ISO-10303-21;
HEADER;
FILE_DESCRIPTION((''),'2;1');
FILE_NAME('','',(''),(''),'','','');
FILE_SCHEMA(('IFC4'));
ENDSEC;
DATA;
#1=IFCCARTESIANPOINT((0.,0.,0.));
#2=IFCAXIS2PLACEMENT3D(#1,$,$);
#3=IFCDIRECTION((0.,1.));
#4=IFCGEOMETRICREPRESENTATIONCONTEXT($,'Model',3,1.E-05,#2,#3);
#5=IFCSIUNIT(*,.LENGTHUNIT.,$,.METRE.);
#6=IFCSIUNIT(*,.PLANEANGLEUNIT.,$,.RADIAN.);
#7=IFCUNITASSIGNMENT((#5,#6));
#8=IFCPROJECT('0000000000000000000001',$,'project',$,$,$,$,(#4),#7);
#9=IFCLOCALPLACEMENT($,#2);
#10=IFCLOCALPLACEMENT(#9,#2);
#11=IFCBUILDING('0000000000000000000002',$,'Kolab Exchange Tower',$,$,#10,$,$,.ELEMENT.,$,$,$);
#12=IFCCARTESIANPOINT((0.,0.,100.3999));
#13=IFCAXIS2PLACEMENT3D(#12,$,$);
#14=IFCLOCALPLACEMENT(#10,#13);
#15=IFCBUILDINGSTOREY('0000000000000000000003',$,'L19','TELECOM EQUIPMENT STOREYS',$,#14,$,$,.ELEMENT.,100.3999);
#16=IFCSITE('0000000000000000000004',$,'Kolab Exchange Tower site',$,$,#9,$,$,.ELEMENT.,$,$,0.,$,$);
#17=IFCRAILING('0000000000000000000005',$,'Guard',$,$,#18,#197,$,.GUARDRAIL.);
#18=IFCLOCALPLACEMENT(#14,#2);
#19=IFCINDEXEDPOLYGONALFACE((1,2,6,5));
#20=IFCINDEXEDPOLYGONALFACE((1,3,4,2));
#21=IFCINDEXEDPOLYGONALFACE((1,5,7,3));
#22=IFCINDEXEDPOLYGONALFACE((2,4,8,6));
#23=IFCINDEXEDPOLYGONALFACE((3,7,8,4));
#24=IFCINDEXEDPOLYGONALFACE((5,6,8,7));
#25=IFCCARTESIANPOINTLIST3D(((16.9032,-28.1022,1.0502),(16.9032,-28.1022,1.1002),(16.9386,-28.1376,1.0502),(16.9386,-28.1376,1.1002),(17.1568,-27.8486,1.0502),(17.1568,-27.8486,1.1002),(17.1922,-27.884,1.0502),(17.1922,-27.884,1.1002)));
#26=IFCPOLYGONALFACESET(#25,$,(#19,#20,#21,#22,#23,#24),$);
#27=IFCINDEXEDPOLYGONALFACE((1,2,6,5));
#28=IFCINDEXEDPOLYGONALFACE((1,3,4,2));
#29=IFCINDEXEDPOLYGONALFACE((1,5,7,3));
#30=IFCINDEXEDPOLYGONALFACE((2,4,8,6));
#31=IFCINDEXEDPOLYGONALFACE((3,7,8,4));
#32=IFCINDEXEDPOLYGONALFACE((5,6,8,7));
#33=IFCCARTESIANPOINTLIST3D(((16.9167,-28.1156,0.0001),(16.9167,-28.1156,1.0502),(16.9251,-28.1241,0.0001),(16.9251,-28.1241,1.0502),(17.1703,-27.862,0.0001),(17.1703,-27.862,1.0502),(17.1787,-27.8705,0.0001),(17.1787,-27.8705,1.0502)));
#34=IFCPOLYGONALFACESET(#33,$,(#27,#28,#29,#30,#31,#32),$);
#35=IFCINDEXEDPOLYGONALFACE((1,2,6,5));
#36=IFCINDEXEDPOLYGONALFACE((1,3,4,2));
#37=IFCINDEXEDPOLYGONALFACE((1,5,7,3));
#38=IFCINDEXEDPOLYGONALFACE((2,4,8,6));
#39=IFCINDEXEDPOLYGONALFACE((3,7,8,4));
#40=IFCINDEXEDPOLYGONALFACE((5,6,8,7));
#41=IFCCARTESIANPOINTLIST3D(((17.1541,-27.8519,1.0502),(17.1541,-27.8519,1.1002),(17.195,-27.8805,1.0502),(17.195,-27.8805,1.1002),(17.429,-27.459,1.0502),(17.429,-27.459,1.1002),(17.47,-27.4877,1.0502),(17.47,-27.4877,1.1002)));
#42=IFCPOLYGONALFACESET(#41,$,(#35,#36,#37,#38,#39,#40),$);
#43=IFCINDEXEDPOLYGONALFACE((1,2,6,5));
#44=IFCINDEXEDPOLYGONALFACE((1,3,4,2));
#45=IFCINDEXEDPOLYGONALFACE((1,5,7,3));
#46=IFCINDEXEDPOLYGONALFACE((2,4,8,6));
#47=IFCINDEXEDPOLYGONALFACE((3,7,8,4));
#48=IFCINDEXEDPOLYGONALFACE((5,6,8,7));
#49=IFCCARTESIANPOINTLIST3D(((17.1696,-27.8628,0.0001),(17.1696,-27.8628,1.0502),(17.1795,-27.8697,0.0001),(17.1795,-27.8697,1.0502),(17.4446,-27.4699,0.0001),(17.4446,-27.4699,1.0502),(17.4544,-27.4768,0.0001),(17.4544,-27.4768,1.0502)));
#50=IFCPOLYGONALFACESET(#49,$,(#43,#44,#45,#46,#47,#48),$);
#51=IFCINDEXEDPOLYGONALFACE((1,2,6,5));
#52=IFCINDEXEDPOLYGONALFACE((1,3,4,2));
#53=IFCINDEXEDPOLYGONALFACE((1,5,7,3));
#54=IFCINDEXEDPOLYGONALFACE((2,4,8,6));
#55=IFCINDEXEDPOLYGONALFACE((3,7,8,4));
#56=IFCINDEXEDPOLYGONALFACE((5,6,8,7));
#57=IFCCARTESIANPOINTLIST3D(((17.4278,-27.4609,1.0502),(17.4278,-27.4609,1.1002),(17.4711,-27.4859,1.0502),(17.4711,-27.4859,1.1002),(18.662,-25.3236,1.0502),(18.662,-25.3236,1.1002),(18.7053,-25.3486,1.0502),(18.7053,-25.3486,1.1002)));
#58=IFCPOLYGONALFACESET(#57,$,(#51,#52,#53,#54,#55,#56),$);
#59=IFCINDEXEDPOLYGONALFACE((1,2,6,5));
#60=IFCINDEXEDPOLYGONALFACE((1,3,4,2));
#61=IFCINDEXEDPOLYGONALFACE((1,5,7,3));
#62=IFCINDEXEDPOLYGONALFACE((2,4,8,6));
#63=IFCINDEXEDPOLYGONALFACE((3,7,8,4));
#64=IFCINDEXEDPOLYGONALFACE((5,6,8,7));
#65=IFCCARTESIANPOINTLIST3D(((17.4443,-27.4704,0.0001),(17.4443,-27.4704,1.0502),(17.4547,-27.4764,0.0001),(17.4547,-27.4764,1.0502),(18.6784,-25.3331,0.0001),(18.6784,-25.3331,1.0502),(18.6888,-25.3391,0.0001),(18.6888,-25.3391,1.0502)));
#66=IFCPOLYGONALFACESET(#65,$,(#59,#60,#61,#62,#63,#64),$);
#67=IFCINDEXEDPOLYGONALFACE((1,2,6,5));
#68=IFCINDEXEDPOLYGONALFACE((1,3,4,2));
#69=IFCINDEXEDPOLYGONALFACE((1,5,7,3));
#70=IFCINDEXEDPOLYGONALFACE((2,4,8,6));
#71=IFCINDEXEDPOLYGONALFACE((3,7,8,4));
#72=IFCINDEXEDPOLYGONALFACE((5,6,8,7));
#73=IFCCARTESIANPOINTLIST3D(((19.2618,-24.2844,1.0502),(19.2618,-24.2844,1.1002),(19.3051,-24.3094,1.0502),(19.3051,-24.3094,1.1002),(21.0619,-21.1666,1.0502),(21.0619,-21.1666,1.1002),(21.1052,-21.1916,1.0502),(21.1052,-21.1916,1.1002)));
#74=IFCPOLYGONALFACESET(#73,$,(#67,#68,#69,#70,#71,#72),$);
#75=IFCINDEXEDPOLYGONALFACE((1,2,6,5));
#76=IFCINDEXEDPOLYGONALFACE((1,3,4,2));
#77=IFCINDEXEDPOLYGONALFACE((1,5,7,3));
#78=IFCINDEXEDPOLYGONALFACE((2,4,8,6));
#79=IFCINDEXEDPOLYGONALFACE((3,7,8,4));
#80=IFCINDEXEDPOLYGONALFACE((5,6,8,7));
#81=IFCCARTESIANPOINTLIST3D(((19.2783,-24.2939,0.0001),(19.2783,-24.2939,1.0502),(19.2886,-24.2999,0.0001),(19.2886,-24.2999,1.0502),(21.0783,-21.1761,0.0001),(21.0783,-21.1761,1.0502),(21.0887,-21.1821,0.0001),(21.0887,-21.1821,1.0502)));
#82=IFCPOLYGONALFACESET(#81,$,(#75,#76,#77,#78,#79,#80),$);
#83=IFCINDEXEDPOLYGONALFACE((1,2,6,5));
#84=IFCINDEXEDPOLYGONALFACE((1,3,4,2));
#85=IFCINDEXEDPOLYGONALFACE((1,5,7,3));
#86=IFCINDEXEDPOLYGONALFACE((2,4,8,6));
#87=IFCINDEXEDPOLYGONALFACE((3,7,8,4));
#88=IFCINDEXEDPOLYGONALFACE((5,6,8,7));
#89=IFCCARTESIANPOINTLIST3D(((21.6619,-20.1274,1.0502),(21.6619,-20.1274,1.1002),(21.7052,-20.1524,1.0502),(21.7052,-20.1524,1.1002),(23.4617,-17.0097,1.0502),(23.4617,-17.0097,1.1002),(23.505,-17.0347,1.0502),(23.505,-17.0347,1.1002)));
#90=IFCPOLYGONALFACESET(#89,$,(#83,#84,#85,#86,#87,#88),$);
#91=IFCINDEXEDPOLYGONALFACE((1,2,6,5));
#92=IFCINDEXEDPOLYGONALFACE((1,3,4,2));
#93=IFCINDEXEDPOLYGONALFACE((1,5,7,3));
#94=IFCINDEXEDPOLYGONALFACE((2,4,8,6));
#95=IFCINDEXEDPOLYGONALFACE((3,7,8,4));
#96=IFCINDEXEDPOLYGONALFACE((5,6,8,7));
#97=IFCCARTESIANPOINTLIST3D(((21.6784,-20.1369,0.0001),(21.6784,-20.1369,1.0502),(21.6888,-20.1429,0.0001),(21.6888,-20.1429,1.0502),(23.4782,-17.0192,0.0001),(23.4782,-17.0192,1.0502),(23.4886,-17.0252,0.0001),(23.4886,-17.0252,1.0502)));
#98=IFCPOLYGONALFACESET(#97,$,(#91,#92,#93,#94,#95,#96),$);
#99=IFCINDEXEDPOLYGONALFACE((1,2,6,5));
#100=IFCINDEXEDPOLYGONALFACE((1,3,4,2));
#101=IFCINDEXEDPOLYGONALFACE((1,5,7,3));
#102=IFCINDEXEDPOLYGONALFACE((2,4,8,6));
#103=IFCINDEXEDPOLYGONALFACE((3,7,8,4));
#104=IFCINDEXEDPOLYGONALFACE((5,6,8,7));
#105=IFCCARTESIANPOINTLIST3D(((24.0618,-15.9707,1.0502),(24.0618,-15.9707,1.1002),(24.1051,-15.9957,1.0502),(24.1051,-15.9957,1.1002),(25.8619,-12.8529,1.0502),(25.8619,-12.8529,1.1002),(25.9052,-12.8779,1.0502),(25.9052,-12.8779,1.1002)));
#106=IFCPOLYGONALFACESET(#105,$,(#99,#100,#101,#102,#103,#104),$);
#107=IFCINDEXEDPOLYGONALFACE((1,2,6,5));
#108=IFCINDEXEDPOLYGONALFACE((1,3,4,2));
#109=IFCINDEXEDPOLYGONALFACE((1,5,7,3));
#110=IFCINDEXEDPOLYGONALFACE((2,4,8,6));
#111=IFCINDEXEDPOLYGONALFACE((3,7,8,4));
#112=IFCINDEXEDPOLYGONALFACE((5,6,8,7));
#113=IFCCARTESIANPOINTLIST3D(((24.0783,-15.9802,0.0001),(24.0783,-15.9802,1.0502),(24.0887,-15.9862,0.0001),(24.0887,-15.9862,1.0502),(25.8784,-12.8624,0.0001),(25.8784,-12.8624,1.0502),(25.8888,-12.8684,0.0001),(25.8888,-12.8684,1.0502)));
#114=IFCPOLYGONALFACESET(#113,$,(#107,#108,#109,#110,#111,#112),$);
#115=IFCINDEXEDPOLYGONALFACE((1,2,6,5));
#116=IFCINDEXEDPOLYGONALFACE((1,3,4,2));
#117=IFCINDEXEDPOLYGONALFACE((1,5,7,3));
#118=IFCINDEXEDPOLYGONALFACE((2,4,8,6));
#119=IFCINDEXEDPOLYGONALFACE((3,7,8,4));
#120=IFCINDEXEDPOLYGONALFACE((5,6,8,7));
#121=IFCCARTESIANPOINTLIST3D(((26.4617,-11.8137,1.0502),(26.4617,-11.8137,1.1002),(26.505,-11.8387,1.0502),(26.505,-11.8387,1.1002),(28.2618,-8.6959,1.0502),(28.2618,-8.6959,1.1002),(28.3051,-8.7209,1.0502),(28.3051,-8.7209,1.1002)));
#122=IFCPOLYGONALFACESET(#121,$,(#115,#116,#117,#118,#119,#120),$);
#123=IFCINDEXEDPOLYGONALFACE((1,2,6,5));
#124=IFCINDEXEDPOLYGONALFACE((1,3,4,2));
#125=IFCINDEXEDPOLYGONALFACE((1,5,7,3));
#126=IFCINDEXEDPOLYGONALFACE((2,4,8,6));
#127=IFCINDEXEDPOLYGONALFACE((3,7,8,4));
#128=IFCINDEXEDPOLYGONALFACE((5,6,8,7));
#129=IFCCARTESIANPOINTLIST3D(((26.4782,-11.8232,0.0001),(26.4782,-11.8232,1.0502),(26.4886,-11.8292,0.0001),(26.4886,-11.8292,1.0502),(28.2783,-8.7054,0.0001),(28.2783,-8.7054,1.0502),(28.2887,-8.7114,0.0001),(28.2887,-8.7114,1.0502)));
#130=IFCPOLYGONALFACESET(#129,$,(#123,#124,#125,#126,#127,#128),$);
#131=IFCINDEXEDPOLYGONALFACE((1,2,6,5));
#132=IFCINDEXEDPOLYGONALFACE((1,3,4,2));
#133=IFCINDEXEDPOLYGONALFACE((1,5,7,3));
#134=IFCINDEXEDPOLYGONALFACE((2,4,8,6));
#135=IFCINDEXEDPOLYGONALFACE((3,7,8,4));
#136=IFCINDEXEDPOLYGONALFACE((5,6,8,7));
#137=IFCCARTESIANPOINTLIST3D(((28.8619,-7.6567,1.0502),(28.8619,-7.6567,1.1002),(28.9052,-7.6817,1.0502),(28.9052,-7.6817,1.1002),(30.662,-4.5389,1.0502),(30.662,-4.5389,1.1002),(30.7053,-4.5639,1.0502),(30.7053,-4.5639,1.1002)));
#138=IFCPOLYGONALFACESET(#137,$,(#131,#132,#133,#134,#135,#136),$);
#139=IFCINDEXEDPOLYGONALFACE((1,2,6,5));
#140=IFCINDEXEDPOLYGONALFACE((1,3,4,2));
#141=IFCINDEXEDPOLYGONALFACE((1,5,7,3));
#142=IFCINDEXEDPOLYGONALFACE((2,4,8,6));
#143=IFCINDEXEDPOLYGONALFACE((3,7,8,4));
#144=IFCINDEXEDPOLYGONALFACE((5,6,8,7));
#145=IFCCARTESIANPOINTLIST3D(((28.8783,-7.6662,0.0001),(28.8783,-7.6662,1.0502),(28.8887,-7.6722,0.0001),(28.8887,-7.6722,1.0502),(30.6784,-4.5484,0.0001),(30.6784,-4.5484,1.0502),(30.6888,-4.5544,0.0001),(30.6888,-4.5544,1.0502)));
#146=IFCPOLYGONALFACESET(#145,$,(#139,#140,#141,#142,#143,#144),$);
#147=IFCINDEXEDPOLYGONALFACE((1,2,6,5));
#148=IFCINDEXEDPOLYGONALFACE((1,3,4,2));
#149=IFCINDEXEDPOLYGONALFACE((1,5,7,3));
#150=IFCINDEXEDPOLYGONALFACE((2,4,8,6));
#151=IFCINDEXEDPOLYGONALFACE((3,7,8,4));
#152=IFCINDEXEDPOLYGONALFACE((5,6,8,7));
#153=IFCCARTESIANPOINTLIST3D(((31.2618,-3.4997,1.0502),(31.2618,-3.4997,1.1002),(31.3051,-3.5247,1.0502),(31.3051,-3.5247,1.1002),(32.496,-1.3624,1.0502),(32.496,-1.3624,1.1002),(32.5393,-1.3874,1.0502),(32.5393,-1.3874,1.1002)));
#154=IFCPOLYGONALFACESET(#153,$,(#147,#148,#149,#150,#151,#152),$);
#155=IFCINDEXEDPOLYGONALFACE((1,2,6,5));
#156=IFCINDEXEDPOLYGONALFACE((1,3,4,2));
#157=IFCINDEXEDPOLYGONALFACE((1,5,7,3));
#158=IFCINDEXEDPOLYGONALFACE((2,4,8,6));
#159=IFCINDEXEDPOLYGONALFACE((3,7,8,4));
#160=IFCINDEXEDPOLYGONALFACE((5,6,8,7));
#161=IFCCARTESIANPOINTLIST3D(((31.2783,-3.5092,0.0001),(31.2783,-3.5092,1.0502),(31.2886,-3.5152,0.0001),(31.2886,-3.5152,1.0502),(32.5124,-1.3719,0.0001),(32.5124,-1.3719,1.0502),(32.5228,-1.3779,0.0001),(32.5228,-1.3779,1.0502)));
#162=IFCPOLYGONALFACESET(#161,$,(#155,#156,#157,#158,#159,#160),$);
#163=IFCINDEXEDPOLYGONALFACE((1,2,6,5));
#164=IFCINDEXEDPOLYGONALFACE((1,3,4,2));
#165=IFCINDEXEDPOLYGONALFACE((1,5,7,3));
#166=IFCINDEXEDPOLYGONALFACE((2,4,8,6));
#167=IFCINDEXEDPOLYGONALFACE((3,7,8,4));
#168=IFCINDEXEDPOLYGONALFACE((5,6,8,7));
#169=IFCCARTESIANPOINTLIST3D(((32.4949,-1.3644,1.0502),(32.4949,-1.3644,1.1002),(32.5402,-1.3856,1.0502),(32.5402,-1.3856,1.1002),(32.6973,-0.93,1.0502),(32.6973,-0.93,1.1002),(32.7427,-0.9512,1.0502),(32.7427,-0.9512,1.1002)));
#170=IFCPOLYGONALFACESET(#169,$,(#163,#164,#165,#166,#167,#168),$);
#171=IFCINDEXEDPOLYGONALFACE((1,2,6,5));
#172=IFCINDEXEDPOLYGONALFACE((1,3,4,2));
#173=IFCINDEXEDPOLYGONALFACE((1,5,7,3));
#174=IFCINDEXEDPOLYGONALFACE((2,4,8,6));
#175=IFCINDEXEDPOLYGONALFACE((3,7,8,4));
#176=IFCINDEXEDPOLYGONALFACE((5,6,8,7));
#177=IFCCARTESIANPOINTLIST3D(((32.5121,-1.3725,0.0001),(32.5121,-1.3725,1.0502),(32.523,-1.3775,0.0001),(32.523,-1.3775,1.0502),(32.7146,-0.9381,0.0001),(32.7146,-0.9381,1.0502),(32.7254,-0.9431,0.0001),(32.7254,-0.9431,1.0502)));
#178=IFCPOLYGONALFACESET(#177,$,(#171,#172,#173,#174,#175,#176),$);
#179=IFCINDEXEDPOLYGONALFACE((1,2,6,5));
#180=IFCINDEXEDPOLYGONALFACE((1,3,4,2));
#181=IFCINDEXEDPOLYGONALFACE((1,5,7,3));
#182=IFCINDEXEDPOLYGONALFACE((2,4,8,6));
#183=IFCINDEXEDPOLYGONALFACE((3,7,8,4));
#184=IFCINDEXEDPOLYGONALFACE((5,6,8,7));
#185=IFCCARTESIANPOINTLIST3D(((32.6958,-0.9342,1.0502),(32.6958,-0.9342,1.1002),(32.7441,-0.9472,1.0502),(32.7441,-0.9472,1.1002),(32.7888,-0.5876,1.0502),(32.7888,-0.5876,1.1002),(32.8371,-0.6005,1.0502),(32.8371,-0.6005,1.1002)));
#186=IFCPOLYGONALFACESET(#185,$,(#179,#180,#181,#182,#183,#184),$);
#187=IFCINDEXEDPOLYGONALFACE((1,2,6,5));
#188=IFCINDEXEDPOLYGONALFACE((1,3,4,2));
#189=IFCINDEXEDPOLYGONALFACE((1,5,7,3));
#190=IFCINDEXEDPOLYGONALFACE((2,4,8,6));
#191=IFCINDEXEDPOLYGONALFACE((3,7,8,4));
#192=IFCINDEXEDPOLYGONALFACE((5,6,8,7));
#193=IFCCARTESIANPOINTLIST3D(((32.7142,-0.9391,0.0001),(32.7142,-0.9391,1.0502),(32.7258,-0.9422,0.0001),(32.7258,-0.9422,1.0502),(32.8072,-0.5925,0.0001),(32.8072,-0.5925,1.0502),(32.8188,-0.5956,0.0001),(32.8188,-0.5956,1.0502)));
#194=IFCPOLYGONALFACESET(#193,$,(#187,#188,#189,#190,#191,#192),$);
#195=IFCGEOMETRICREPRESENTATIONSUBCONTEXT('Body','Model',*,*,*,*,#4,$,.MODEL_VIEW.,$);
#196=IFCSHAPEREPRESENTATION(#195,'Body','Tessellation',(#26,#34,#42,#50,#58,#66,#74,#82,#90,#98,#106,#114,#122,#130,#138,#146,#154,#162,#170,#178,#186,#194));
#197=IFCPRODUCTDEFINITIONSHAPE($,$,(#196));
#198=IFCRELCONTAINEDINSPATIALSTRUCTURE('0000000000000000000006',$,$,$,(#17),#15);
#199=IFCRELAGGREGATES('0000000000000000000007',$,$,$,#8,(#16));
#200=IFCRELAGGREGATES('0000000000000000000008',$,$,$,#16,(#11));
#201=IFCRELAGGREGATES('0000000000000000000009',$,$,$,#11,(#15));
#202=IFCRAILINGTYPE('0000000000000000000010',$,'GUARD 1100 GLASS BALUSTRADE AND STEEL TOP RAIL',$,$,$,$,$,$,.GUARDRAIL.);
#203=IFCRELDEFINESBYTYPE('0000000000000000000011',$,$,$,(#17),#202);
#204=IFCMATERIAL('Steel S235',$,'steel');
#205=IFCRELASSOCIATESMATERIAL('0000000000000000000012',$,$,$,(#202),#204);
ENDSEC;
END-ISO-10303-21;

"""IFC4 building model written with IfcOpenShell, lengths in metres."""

from ifc_helpers import new_model, si_unit, direction, frame, frame_2d, origin, origin_2d, place, context, subcontext, project, spatial, rectangle, extrude, material, type_object, element, save


model = new_model("IFC4")

# Units and contexts
model_context = context("Model", 3, precision=1e-05, world=origin(), true_north=direction((0.0, 1.0)))
body_context = subcontext(model_context, "Body", "Model", "MODEL_VIEW")
ifc_project = project(units=[si_unit("LENGTHUNIT", "METRE"), si_unit("PLANEANGLEUNIT", "RADIAN")], contexts=[model_context])

# Site, building, storey
site_placement = place(None, origin())
site = spatial("IfcSite", under=ifc_project, at=site_placement, Name="Kolab Exchange Tower site", CompositionType="ELEMENT", RefElevation=0.0)
building_placement = place(site_placement, origin())
building = spatial("IfcBuilding", under=site, at=building_placement, Name="Kolab Exchange Tower", CompositionType="ELEMENT")
storey_placement = place(building_placement, frame((0.0, 0.0, 100.3999)))
storey = spatial("IfcBuildingStorey", under=building, at=storey_placement, Name="L19", Description="TELECOM EQUIPMENT STOREYS", CompositionType="ELEMENT", Elevation=100.3999)

# Railing
ifc_material_1 = material(Name="Steel S235", Category="steel")
railing_type = type_object("IfcRailingType", Name="GUARD 1100 GLASS BALUSTRADE AND STEEL TOP RAIL", PredefinedType="GUARDRAIL", material=ifc_material_1)
railing_placement = place(storey_placement, frame((16.9209, -28.1199, 0.0)))
element("IfcRailing", 1, at=railing_placement, inside=storey, type_object=railing_type, Name="Guard", PredefinedType="GUARDRAIL", context=body_context, shape_type="SweptSolid", body=[
    extrude(rectangle(XDim=0.05, YDim=0.05, at=origin_2d()), frame((0.0, 0.0, 1.0752), z_axis=(0.707107, 0.707107, 0.0), x_axis=(-0.707107, 0.707107, 0.0)), (0.0, 0.0, 1.0), 0.3586),
    extrude(rectangle(XDim=0.012, YDim=1.0501, at=frame_2d((0.0, 0.5251))), frame((0.0, 0.0, 0.0), z_axis=(0.707107, 0.707107, 0.0), x_axis=(-0.707107, 0.707107, 0.0)), (0.0, 0.0, 1.0), 0.3586),
    extrude(rectangle(XDim=0.05, YDim=0.05, at=origin_2d()), frame((0.2537, 0.2537, 1.0752), z_axis=(0.57336, 0.819304, 0.0), x_axis=(-0.819304, 0.57336, 0.0)), (0.0, 0.0, 1.0), 0.4795),
    extrude(rectangle(XDim=0.012, YDim=1.0501, at=frame_2d((0.0, 0.5251))), frame((0.2537, 0.2537, 0.0), z_axis=(0.57336, 0.819304, 0.0), x_axis=(-0.819304, 0.57336, 0.0)), (0.0, 0.0, 1.0), 0.4795),
    extrude(rectangle(XDim=0.05, YDim=0.05, at=origin_2d()), frame((0.5286, 0.6465, 1.0752), z_axis=(0.500065, 0.865988, 0.0), x_axis=(-0.865988, 0.500065, 0.0)), (0.0, 0.0, 1.0), 2.468),
    extrude(rectangle(XDim=0.012, YDim=1.0501, at=frame_2d((0.0, 0.5251))), frame((0.5286, 0.6465, 0.0), z_axis=(0.500065, 0.865988, 0.0), x_axis=(-0.865988, 0.500065, 0.0)), (0.0, 0.0, 1.0), 2.468),
    extrude(rectangle(XDim=0.05, YDim=0.05, at=origin_2d()), frame((2.3625, 3.823, 1.0752), z_axis=(0.500012, 0.866018, 0.0), x_axis=(-0.866018, 0.500012, 0.0)), (0.0, 0.0, 1.0), 3.6001),
    extrude(rectangle(XDim=0.012, YDim=1.0501, at=frame_2d((0.0, 0.5251))), frame((2.3625, 3.823, 0.0), z_axis=(0.500012, 0.866018, 0.0), x_axis=(-0.866018, 0.500012, 0.0)), (0.0, 0.0, 1.0), 3.6001),
    extrude(rectangle(XDim=0.05, YDim=0.05, at=origin_2d()), frame((4.7627, 7.98, 1.0752), z_axis=(0.499961, 0.866048, 0.0), x_axis=(-0.866048, 0.499961, 0.0)), (0.0, 0.0, 1.0), 3.5999),
    extrude(rectangle(XDim=0.012, YDim=1.0501, at=frame_2d((0.0, 0.5251))), frame((4.7627, 7.98, 0.0), z_axis=(0.499961, 0.866048, 0.0), x_axis=(-0.866048, 0.499961, 0.0)), (0.0, 0.0, 1.0), 3.5999),
    extrude(rectangle(XDim=0.05, YDim=0.05, at=origin_2d()), frame((7.1626, 12.1367, 1.0752), z_axis=(0.500012, 0.866018, 0.0), x_axis=(-0.866018, 0.500012, 0.0)), (0.0, 0.0, 1.0), 3.6001),
    extrude(rectangle(XDim=0.012, YDim=1.0501, at=frame_2d((0.0, 0.5251))), frame((7.1626, 12.1367, 0.0), z_axis=(0.500012, 0.866018, 0.0), x_axis=(-0.866018, 0.500012, 0.0)), (0.0, 0.0, 1.0), 3.6001),
    extrude(rectangle(XDim=0.05, YDim=0.05, at=origin_2d()), frame((9.5625, 16.2937, 1.0752), z_axis=(0.500012, 0.866018, 0.0), x_axis=(-0.866018, 0.500012, 0.0)), (0.0, 0.0, 1.0), 3.6001),
    extrude(rectangle(XDim=0.012, YDim=1.0501, at=frame_2d((0.0, 0.5251))), frame((9.5625, 16.2937, 0.0), z_axis=(0.500012, 0.866018, 0.0), x_axis=(-0.866018, 0.500012, 0.0)), (0.0, 0.0, 1.0), 3.6001),
    extrude(rectangle(XDim=0.05, YDim=0.05, at=origin_2d()), frame((11.9626, 20.4507, 1.0752), z_axis=(0.500012, 0.866018, 0.0), x_axis=(-0.866018, 0.500012, 0.0)), (0.0, 0.0, 1.0), 3.6001),
    extrude(rectangle(XDim=0.012, YDim=1.0501, at=frame_2d((0.0, 0.5251))), frame((11.9626, 20.4507, 0.0), z_axis=(0.500012, 0.866018, 0.0), x_axis=(-0.866018, 0.500012, 0.0)), (0.0, 0.0, 1.0), 3.6001),
    extrude(rectangle(XDim=0.05, YDim=0.05, at=origin_2d()), frame((14.3625, 24.6077, 1.0752), z_axis=(0.500065, 0.865988, 0.0), x_axis=(-0.865988, 0.500065, 0.0)), (0.0, 0.0, 1.0), 2.468),
    extrude(rectangle(XDim=0.012, YDim=1.0501, at=frame_2d((0.0, 0.5251))), frame((14.3625, 24.6077, 0.0), z_axis=(0.500065, 0.865988, 0.0), x_axis=(-0.865988, 0.500065, 0.0)), (0.0, 0.0, 1.0), 2.468),
    extrude(rectangle(XDim=0.05, YDim=0.05, at=origin_2d()), frame((15.5967, 26.7449, 1.0752), z_axis=(0.422383, 0.906417, 0.0), x_axis=(-0.906417, 0.422383, 0.0)), (0.0, 0.0, 1.0), 0.4792),
    extrude(rectangle(XDim=0.012, YDim=1.0501, at=frame_2d((0.0, 0.5251))), frame((15.5967, 26.7449, 0.0), z_axis=(0.422383, 0.906417, 0.0), x_axis=(-0.906417, 0.422383, 0.0)), (0.0, 0.0, 1.0), 0.4792),
    extrude(rectangle(XDim=0.05, YDim=0.05, at=origin_2d()), frame((15.7991, 27.1792, 1.0752), z_axis=(0.259144, 0.965839, 0.0), x_axis=(-0.965839, 0.259144, 0.0)), (0.0, 0.0, 1.0), 0.3589),
    extrude(rectangle(XDim=0.012, YDim=1.0501, at=frame_2d((0.0, 0.5251))), frame((15.7991, 27.1792, 0.0), z_axis=(0.259144, 0.965839, 0.0), x_axis=(-0.965839, 0.259144, 0.0)), (0.0, 0.0, 1.0), 0.3589),
])

save(model, "model.ifc")
